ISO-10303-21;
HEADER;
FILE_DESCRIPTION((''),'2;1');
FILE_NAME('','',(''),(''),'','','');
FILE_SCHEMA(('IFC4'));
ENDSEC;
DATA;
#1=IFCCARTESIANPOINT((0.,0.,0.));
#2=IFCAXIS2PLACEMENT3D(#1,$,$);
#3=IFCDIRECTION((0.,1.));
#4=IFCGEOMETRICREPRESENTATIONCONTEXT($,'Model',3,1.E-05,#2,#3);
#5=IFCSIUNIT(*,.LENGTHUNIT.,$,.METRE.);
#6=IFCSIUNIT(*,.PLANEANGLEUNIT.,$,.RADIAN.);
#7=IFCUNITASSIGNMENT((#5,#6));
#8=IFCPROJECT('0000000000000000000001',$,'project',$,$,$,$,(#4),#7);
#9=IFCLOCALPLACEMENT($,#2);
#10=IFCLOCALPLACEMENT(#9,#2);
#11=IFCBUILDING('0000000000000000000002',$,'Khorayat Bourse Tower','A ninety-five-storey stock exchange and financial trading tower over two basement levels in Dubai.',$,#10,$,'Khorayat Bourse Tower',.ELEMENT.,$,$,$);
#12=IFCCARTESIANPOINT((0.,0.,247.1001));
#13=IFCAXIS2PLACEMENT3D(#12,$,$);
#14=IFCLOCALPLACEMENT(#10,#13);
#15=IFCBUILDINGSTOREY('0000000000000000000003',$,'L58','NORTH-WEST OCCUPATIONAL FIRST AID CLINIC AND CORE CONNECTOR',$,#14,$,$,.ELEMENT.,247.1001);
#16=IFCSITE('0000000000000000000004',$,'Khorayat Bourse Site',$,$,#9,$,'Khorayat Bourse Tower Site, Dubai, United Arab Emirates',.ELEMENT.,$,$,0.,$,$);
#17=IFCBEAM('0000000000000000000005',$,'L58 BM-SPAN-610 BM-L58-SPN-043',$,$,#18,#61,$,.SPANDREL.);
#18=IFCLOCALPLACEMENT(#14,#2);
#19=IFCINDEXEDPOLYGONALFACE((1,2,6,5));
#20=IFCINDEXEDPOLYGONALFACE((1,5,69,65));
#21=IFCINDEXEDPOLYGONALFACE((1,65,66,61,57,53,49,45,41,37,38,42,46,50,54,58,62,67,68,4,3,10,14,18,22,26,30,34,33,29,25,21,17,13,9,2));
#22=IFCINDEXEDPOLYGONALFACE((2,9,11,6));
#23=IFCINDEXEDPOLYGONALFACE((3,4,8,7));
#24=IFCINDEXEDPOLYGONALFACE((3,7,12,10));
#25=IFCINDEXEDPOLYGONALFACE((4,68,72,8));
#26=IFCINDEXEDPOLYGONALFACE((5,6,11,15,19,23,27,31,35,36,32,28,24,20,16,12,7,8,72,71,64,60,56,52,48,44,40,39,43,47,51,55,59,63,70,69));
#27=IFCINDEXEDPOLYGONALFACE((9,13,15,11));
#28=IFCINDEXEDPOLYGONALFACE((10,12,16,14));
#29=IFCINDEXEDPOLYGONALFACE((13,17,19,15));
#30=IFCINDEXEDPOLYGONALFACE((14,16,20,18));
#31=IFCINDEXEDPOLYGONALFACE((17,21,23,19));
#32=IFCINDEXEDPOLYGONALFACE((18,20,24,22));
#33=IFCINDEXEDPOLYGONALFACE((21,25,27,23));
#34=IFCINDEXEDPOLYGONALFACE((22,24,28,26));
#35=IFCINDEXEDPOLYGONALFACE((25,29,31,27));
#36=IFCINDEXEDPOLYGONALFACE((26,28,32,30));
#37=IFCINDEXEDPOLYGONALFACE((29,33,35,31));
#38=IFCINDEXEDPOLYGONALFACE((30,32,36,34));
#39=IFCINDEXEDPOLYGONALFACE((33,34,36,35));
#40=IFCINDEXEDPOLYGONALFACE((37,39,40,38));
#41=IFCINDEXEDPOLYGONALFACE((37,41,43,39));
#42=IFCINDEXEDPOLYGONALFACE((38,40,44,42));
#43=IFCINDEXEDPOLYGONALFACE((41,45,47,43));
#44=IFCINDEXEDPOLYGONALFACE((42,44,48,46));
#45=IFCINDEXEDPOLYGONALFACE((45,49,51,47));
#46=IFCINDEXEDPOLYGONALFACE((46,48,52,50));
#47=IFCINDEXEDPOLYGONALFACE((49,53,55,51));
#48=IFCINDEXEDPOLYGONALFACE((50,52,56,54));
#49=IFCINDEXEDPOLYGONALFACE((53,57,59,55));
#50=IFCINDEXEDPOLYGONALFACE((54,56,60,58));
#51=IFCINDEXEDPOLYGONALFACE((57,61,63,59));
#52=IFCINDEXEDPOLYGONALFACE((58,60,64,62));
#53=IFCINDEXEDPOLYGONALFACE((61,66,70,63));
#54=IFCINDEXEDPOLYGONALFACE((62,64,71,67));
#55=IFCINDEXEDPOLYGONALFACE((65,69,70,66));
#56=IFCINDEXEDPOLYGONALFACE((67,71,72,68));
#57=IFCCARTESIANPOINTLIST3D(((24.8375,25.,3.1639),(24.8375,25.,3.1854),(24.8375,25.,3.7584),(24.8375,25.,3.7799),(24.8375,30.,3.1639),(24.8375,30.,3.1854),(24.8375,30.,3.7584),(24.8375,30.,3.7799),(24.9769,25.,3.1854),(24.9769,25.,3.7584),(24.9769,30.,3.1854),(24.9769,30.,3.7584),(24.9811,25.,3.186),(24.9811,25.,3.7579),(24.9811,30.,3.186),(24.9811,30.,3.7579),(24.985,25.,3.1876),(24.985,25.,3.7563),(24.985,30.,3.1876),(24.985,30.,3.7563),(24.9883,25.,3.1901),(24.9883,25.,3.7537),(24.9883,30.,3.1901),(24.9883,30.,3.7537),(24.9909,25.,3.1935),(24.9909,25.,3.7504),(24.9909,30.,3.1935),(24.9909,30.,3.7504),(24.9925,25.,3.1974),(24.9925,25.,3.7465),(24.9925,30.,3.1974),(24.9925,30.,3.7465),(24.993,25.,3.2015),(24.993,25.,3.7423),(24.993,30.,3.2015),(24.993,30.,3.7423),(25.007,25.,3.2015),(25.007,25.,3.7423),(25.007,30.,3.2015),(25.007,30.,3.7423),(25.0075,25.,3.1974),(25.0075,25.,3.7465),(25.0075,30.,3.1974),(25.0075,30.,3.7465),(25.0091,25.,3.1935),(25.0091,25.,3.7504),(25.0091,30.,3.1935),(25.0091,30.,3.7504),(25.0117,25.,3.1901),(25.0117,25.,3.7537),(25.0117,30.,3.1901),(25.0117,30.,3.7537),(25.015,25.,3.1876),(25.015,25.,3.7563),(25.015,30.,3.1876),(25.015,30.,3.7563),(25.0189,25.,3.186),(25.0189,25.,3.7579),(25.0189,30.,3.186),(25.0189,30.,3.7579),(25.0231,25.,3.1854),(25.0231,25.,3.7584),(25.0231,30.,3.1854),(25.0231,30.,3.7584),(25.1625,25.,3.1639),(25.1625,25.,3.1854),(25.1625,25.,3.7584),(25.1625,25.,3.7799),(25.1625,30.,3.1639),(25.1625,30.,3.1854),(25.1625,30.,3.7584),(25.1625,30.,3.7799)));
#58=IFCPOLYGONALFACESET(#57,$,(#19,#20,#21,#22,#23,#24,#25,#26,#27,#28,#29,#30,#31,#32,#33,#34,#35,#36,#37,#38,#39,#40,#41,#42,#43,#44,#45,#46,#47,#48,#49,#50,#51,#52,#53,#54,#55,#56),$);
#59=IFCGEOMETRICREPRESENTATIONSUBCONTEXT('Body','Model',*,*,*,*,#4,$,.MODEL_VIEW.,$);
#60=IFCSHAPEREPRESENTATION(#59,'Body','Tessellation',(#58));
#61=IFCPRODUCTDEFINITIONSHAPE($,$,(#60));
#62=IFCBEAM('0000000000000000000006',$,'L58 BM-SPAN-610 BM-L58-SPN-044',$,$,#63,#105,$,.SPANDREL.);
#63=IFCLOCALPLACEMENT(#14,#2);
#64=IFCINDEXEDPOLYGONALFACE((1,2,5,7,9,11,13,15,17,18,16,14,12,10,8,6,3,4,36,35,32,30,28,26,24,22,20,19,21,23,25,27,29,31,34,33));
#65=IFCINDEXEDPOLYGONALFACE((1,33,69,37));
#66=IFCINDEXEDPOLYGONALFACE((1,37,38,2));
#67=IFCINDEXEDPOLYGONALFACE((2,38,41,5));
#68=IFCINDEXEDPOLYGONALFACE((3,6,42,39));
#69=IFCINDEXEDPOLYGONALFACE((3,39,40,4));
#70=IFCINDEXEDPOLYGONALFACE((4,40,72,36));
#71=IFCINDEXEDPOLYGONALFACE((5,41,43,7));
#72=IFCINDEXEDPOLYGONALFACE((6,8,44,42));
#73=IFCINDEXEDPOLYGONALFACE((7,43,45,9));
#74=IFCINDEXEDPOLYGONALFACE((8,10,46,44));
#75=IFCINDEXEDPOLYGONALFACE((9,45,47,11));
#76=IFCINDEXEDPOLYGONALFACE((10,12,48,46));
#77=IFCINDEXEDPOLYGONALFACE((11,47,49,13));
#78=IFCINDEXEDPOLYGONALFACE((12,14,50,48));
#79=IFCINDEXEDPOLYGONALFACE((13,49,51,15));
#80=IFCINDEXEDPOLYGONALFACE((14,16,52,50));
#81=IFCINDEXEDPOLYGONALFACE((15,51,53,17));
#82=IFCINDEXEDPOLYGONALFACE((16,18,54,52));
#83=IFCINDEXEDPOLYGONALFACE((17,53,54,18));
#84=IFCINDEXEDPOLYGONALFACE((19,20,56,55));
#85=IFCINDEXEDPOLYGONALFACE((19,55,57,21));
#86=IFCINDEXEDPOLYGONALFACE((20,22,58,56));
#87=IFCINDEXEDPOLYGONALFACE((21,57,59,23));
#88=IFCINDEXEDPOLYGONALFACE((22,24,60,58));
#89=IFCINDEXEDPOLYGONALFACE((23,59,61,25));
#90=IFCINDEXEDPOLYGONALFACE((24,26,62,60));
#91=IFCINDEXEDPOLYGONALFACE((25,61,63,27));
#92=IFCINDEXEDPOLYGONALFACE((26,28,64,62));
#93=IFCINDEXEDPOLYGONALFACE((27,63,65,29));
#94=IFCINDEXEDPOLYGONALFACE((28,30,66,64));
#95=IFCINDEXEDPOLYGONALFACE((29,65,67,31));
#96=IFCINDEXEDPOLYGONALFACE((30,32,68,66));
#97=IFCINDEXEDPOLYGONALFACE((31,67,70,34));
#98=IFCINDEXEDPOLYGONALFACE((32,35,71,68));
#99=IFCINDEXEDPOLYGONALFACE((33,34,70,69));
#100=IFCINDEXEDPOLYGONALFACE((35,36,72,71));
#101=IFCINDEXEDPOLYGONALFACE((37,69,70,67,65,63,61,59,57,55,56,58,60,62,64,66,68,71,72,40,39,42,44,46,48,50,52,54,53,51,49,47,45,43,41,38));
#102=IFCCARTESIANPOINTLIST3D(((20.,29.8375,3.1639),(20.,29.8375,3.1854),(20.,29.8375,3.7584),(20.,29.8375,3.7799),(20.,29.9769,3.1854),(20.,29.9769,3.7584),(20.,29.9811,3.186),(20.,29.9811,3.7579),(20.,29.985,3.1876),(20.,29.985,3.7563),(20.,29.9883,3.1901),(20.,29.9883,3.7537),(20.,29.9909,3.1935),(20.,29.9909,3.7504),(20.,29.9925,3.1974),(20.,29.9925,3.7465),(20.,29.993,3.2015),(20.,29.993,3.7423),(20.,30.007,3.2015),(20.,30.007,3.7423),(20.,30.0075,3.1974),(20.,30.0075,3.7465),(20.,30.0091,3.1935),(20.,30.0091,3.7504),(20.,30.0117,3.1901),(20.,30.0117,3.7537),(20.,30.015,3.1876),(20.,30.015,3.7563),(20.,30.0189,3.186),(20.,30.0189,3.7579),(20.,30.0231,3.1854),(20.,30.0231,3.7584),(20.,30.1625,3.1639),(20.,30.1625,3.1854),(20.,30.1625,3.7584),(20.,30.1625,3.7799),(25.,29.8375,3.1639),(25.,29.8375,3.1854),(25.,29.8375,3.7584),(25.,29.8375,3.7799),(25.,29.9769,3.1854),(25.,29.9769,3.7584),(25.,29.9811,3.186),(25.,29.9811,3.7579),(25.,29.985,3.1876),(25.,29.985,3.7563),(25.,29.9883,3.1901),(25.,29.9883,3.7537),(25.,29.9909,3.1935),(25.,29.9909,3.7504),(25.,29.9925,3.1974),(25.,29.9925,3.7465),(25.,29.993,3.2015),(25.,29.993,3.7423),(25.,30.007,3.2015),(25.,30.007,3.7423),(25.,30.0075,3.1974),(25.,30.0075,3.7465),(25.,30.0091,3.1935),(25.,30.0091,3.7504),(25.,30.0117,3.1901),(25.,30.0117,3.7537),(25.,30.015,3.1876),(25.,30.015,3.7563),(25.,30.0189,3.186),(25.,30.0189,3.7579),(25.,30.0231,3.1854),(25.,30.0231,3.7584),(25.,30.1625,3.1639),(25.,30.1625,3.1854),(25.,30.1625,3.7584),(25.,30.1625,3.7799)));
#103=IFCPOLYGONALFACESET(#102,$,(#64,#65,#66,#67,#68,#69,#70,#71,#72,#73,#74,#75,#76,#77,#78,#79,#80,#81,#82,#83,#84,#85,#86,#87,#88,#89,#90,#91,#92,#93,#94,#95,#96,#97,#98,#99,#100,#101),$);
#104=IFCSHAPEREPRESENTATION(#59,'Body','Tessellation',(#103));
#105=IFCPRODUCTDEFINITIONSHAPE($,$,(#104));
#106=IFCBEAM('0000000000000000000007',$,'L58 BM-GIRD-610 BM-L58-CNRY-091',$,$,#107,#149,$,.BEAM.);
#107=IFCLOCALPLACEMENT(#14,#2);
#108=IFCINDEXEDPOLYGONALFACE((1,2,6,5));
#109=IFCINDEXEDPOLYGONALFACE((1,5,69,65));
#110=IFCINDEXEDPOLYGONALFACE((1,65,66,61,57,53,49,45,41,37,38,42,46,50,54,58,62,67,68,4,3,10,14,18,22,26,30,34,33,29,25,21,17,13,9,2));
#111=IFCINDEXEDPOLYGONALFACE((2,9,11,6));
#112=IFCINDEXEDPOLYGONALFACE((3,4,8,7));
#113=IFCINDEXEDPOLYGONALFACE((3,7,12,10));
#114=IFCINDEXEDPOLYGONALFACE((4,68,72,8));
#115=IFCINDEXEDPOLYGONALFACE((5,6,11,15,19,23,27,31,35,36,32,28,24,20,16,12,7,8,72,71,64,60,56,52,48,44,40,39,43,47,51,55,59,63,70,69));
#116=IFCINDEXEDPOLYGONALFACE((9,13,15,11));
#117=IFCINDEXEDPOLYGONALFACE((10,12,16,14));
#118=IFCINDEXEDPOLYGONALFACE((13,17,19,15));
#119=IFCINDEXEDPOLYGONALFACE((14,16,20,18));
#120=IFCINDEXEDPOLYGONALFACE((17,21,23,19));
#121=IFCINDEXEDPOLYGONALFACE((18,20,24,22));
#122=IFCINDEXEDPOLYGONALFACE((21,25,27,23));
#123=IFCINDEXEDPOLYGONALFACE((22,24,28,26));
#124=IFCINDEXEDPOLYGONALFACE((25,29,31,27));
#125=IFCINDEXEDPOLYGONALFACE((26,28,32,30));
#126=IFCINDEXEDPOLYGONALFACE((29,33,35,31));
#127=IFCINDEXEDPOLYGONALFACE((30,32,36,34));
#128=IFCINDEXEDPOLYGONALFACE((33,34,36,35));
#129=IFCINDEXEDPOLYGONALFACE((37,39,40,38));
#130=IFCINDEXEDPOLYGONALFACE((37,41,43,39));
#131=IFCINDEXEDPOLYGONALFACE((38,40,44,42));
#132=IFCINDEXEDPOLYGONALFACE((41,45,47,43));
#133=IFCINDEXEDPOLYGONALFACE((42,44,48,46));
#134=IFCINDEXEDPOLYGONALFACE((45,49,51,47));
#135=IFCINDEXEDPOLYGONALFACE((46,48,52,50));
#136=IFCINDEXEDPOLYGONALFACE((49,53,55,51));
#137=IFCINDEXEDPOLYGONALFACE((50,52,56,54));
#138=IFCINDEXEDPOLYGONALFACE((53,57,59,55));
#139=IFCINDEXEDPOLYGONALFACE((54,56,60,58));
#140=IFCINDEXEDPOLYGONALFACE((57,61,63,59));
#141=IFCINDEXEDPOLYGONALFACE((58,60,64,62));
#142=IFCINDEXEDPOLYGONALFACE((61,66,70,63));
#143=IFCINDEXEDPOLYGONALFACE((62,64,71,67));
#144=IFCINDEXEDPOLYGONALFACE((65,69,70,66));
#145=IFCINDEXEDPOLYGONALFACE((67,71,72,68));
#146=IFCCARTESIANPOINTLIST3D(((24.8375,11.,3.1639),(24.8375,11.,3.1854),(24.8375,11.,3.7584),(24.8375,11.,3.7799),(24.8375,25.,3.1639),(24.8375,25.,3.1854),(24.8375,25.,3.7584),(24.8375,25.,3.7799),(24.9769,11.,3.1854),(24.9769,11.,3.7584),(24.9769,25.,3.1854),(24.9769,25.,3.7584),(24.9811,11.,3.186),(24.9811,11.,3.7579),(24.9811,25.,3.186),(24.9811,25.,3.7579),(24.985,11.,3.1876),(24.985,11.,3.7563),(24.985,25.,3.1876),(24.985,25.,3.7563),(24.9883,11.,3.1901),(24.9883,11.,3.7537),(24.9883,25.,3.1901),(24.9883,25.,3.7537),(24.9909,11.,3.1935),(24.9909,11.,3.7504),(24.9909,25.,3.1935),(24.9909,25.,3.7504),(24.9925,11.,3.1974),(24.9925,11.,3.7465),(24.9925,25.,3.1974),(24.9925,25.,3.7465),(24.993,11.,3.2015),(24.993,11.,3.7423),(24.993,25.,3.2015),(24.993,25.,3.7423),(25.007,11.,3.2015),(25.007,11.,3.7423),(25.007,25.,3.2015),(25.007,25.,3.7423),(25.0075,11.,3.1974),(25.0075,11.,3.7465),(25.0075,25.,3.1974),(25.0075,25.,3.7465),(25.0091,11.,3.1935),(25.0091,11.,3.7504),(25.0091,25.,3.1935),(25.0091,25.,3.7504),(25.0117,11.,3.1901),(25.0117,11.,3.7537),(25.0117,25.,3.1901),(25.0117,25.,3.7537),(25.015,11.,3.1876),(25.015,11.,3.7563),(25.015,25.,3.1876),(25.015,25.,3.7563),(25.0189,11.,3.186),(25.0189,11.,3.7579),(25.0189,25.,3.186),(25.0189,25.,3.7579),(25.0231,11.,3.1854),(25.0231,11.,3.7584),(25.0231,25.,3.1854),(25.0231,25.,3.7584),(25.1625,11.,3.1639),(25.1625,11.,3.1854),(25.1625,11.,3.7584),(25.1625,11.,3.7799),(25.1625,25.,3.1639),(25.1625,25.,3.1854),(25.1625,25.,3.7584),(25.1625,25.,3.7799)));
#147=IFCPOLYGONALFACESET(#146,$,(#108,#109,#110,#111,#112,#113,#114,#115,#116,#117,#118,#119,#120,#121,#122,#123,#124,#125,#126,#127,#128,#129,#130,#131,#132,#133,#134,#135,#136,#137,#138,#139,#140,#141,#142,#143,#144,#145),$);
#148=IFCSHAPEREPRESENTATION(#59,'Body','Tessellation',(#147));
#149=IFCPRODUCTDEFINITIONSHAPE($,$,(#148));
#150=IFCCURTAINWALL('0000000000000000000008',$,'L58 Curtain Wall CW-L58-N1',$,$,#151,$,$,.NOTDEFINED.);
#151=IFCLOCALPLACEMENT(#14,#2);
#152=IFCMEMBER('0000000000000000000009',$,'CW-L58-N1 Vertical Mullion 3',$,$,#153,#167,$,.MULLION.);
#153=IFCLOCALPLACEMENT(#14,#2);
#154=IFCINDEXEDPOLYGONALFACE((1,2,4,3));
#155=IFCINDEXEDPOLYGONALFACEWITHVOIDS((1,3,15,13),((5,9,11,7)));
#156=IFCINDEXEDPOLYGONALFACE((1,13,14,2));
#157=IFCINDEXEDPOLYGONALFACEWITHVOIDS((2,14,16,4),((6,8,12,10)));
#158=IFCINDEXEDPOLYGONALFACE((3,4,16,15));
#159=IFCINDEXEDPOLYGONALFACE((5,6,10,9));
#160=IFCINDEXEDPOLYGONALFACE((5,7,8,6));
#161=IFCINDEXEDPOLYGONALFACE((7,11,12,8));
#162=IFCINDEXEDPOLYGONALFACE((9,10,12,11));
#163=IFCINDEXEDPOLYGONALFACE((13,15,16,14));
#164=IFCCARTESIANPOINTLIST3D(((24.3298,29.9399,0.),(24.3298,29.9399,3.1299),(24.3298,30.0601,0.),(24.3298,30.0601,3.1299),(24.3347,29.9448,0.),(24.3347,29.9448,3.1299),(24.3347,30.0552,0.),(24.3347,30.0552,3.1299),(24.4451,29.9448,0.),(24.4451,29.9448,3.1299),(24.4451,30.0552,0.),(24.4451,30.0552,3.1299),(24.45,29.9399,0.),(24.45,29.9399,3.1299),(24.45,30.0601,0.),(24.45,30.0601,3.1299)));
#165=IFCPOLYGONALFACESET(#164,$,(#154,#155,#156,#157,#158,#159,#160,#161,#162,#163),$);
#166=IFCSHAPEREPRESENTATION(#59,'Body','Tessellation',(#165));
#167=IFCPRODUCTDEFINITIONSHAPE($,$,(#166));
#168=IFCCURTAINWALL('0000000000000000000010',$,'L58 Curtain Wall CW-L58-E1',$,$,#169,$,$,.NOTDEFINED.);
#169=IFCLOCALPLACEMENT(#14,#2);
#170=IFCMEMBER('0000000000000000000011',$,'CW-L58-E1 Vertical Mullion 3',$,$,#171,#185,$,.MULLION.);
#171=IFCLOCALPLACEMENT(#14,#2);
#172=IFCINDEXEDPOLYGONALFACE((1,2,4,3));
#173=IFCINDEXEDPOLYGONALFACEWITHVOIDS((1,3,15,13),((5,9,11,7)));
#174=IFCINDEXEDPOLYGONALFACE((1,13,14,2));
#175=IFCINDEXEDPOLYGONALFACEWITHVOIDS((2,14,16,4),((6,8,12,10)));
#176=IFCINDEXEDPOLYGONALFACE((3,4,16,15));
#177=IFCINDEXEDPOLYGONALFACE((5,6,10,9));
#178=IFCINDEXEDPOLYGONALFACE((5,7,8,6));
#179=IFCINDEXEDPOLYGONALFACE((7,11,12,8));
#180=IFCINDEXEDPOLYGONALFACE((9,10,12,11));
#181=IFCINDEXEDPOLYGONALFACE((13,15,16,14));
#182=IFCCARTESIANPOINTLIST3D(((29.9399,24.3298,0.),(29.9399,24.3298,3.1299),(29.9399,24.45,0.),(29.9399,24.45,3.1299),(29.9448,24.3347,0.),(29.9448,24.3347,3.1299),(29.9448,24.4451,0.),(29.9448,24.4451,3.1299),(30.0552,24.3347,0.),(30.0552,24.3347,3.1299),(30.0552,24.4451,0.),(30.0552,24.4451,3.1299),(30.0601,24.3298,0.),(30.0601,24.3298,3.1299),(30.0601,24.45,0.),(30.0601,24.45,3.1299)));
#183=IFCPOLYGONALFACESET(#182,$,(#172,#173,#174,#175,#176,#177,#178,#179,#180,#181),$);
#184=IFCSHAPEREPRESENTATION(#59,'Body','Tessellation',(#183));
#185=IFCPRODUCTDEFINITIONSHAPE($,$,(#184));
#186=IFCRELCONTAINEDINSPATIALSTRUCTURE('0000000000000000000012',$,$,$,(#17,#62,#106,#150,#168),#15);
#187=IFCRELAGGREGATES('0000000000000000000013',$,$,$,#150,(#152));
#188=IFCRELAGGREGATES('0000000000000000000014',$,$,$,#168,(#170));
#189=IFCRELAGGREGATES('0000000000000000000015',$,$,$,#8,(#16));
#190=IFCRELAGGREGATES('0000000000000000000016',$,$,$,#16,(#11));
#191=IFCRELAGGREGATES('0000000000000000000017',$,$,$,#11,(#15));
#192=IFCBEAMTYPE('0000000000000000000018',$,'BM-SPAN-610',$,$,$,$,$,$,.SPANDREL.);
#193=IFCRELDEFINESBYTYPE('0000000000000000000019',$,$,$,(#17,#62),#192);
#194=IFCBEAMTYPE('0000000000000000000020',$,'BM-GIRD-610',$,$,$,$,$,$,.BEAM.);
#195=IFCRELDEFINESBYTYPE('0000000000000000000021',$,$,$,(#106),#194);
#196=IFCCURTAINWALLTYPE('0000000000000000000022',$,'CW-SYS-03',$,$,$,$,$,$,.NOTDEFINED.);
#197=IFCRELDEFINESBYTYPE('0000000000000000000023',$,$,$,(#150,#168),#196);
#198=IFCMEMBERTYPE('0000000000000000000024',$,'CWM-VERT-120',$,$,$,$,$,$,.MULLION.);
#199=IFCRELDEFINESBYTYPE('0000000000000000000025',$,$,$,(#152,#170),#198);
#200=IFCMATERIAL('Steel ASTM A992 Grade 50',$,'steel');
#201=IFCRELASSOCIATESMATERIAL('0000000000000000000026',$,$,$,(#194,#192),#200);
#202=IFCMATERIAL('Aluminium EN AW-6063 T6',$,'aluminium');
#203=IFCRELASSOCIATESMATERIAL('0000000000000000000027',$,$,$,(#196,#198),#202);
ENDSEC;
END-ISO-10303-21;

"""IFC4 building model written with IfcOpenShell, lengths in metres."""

from ifc_helpers import new_model, si_unit, direction, frame, origin, origin_2d, place, context, subcontext, project, spatial, hollow_rectangle, i_section, extrude, source, transform, mapped, material, material_profile, profile_set, type_object, element, aggregate, save


model = new_model("IFC4")

# Units and contexts
model_context = context("Model", 3, precision=1e-05, world=origin(), true_north=direction((0.0, 1.0)))
body_context = subcontext(model_context, "Body", "Model", "MODEL_VIEW")
ifc_project = project(units=[si_unit("LENGTHUNIT", "METRE"), si_unit("PLANEANGLEUNIT", "RADIAN")], contexts=[model_context])

# Site, building, storey
site_placement = place(None, origin())
site = spatial("IfcSite", under=ifc_project, at=site_placement, Name="Khorayat Bourse Site", LongName="Khorayat Bourse Tower Site, Dubai, United Arab Emirates", CompositionType="ELEMENT", RefElevation=0.0)
building_placement = place(site_placement, origin())
building = spatial("IfcBuilding", under=site, at=building_placement, Name="Khorayat Bourse Tower", Description="A ninety-five-storey stock exchange and financial trading tower over two basement levels in Dubai.", LongName="Khorayat Bourse Tower", CompositionType="ELEMENT")
storey_placement = place(building_placement, frame((0.0, 0.0, 247.1001)))
storey = spatial("IfcBuildingStorey", under=building, at=storey_placement, Name="L58", Description="NORTH-WEST OCCUPATIONAL FIRST AID CLINIC AND CORE CONNECTOR", CompositionType="ELEMENT", Elevation=247.1001)

# Beams
ifc_material_1 = material(Name="Steel ASTM A992 Grade 50", Category="steel")
ifc_material_profile_1 = material_profile(ifc_material_1, i_section(OverallWidth=0.325, OverallDepth=0.616, WebThickness=0.0139, FlangeThickness=0.0215, FilletRadius=0.0161, at=origin_2d()), Name="W610X174")
ifc_profile_set_1 = profile_set([ifc_material_profile_1], Name="Steel ASTM A992 Grade 50")
beam_type_1 = type_object("IfcBeamType", Name="BM-GIRD-610", PredefinedType="BEAM", material=ifc_profile_set_1)
ifc_material_profile_2 = material_profile(ifc_material_1, i_section(OverallWidth=0.325, OverallDepth=0.616, WebThickness=0.0139, FlangeThickness=0.0215, FilletRadius=0.0161, at=origin_2d()), Name="W610X174")
ifc_profile_set_2 = profile_set([ifc_material_profile_2], Name="Steel ASTM A992 Grade 50")
beam_type_2 = type_object("IfcBeamType", Name="BM-SPAN-610", PredefinedType="SPANDREL", material=ifc_profile_set_2)
shared_shape_1 = source(origin(), body_context, "Body", "SweptSolid", [
    extrude(i_section(OverallWidth=0.325, OverallDepth=0.616, WebThickness=0.0139, FlangeThickness=0.0215, FilletRadius=0.0161, at=origin_2d()), origin(), (0.0, 0.0, 1.0), 5.0),
])
for number, where, z_axis, x_axis, name in (
    (1, (25.0, 25.0, 3.4719), (0.0, 1.0, 0.0), (-1.0, 0.0, 0.0), "L58 BM-SPAN-610 BM-L58-SPN-043"),
    (2, (20.0, 30.0, 3.4719), (1.0, 0.0, 0.0), (0.0, 1.0, 0.0), "L58 BM-SPAN-610 BM-L58-SPN-044"),
):
    element("IfcBeam", number, at=place(storey_placement, frame(where, z_axis=z_axis, x_axis=x_axis)), inside=storey, type_object=beam_type_2, Name=name, PredefinedType="SPANDREL", context=body_context, shape_type="MappedRepresentation", body=[
        mapped(shared_shape_1, transform((0.0, 0.0, 0.0), scale=1.0)),
    ])
shared_shape_2 = source(origin(), body_context, "Body", "SweptSolid", [
    extrude(i_section(OverallWidth=0.325, OverallDepth=0.616, WebThickness=0.0139, FlangeThickness=0.0215, FilletRadius=0.0161, at=origin_2d()), origin(), (0.0, 0.0, 1.0), 14.0),
])
beam_1_placement = place(storey_placement, frame((25.0, 11.0, 3.4719), z_axis=(0.0, 1.0, 0.0), x_axis=(-1.0, 0.0, 0.0)))
element("IfcBeam", 3, at=beam_1_placement, inside=storey, type_object=beam_type_1, Name="L58 BM-GIRD-610 BM-L58-CNRY-091", PredefinedType="BEAM", context=body_context, shape_type="MappedRepresentation", body=[
    mapped(shared_shape_2, transform((0.0, 0.0, 0.0), scale=1.0)),
])

# Curtain wall, member
ifc_material_2 = material(Name="Aluminium EN AW-6063 T6", Category="aluminium")
curtain_wall_type = type_object("IfcCurtainWallType", Name="CW-SYS-03", PredefinedType="NOTDEFINED", material=ifc_material_2)
curtain_wall_1_placement = place(storey_placement, origin())
curtain_wall_1 = element("IfcCurtainWall", 4, at=curtain_wall_1_placement, inside=storey, type_object=curtain_wall_type, Name="L58 Curtain Wall CW-L58-N1", PredefinedType="NOTDEFINED")
ifc_material_profile_3 = material_profile(ifc_material_2, hollow_rectangle(XDim=0.1201, YDim=0.1201, WallThickness=0.0049, at=origin_2d()), Name="ALU 120x120x5")
ifc_profile_set_3 = profile_set([ifc_material_profile_3], Name="Aluminium EN AW-6063 T6")
member_type_1 = type_object("IfcMemberType", Name="CWM-VERT-120", PredefinedType="MULLION", material=ifc_profile_set_3)
shared_shape_3 = source(origin(), body_context, "Body", "SweptSolid", [
    extrude(hollow_rectangle(XDim=0.1201, YDim=0.1201, WallThickness=0.0049, at=origin_2d()), origin(), (0.0, 0.0, 1.0), 3.1299),
])
member_1_placement = place(storey_placement, frame((24.3899, 30.0, 0.0), z_axis=(0.0, 0.0, 1.0), x_axis=(0.0, 1.0, 0.0)))
member_1 = element("IfcMember", 5, at=member_1_placement, type_object=member_type_1, Name="CW-L58-N1 Vertical Mullion 3", PredefinedType="MULLION", context=body_context, shape_type="MappedRepresentation", body=[
    mapped(shared_shape_3, transform((0.0, 0.0, 0.0), scale=1.0)),
])
aggregate(curtain_wall_1, [member_1])

# Curtain wall, member
curtain_wall_2_placement = place(storey_placement, origin())
curtain_wall_2 = element("IfcCurtainWall", 6, at=curtain_wall_2_placement, inside=storey, type_object=curtain_wall_type, Name="L58 Curtain Wall CW-L58-E1", PredefinedType="NOTDEFINED")
member_2_placement = place(storey_placement, frame((30.0, 24.3899, 0.0), z_axis=(0.0, 0.0, 1.0), x_axis=(-1.0, 0.0, 0.0)))
member_2 = element("IfcMember", 7, at=member_2_placement, type_object=member_type_1, Name="CW-L58-E1 Vertical Mullion 3", PredefinedType="MULLION", context=body_context, shape_type="MappedRepresentation", body=[
    mapped(shared_shape_3, transform((0.0, 0.0, 0.0), scale=1.0)),
])

aggregate(curtain_wall_2, [member_2])

save(model, "model.ifc")
